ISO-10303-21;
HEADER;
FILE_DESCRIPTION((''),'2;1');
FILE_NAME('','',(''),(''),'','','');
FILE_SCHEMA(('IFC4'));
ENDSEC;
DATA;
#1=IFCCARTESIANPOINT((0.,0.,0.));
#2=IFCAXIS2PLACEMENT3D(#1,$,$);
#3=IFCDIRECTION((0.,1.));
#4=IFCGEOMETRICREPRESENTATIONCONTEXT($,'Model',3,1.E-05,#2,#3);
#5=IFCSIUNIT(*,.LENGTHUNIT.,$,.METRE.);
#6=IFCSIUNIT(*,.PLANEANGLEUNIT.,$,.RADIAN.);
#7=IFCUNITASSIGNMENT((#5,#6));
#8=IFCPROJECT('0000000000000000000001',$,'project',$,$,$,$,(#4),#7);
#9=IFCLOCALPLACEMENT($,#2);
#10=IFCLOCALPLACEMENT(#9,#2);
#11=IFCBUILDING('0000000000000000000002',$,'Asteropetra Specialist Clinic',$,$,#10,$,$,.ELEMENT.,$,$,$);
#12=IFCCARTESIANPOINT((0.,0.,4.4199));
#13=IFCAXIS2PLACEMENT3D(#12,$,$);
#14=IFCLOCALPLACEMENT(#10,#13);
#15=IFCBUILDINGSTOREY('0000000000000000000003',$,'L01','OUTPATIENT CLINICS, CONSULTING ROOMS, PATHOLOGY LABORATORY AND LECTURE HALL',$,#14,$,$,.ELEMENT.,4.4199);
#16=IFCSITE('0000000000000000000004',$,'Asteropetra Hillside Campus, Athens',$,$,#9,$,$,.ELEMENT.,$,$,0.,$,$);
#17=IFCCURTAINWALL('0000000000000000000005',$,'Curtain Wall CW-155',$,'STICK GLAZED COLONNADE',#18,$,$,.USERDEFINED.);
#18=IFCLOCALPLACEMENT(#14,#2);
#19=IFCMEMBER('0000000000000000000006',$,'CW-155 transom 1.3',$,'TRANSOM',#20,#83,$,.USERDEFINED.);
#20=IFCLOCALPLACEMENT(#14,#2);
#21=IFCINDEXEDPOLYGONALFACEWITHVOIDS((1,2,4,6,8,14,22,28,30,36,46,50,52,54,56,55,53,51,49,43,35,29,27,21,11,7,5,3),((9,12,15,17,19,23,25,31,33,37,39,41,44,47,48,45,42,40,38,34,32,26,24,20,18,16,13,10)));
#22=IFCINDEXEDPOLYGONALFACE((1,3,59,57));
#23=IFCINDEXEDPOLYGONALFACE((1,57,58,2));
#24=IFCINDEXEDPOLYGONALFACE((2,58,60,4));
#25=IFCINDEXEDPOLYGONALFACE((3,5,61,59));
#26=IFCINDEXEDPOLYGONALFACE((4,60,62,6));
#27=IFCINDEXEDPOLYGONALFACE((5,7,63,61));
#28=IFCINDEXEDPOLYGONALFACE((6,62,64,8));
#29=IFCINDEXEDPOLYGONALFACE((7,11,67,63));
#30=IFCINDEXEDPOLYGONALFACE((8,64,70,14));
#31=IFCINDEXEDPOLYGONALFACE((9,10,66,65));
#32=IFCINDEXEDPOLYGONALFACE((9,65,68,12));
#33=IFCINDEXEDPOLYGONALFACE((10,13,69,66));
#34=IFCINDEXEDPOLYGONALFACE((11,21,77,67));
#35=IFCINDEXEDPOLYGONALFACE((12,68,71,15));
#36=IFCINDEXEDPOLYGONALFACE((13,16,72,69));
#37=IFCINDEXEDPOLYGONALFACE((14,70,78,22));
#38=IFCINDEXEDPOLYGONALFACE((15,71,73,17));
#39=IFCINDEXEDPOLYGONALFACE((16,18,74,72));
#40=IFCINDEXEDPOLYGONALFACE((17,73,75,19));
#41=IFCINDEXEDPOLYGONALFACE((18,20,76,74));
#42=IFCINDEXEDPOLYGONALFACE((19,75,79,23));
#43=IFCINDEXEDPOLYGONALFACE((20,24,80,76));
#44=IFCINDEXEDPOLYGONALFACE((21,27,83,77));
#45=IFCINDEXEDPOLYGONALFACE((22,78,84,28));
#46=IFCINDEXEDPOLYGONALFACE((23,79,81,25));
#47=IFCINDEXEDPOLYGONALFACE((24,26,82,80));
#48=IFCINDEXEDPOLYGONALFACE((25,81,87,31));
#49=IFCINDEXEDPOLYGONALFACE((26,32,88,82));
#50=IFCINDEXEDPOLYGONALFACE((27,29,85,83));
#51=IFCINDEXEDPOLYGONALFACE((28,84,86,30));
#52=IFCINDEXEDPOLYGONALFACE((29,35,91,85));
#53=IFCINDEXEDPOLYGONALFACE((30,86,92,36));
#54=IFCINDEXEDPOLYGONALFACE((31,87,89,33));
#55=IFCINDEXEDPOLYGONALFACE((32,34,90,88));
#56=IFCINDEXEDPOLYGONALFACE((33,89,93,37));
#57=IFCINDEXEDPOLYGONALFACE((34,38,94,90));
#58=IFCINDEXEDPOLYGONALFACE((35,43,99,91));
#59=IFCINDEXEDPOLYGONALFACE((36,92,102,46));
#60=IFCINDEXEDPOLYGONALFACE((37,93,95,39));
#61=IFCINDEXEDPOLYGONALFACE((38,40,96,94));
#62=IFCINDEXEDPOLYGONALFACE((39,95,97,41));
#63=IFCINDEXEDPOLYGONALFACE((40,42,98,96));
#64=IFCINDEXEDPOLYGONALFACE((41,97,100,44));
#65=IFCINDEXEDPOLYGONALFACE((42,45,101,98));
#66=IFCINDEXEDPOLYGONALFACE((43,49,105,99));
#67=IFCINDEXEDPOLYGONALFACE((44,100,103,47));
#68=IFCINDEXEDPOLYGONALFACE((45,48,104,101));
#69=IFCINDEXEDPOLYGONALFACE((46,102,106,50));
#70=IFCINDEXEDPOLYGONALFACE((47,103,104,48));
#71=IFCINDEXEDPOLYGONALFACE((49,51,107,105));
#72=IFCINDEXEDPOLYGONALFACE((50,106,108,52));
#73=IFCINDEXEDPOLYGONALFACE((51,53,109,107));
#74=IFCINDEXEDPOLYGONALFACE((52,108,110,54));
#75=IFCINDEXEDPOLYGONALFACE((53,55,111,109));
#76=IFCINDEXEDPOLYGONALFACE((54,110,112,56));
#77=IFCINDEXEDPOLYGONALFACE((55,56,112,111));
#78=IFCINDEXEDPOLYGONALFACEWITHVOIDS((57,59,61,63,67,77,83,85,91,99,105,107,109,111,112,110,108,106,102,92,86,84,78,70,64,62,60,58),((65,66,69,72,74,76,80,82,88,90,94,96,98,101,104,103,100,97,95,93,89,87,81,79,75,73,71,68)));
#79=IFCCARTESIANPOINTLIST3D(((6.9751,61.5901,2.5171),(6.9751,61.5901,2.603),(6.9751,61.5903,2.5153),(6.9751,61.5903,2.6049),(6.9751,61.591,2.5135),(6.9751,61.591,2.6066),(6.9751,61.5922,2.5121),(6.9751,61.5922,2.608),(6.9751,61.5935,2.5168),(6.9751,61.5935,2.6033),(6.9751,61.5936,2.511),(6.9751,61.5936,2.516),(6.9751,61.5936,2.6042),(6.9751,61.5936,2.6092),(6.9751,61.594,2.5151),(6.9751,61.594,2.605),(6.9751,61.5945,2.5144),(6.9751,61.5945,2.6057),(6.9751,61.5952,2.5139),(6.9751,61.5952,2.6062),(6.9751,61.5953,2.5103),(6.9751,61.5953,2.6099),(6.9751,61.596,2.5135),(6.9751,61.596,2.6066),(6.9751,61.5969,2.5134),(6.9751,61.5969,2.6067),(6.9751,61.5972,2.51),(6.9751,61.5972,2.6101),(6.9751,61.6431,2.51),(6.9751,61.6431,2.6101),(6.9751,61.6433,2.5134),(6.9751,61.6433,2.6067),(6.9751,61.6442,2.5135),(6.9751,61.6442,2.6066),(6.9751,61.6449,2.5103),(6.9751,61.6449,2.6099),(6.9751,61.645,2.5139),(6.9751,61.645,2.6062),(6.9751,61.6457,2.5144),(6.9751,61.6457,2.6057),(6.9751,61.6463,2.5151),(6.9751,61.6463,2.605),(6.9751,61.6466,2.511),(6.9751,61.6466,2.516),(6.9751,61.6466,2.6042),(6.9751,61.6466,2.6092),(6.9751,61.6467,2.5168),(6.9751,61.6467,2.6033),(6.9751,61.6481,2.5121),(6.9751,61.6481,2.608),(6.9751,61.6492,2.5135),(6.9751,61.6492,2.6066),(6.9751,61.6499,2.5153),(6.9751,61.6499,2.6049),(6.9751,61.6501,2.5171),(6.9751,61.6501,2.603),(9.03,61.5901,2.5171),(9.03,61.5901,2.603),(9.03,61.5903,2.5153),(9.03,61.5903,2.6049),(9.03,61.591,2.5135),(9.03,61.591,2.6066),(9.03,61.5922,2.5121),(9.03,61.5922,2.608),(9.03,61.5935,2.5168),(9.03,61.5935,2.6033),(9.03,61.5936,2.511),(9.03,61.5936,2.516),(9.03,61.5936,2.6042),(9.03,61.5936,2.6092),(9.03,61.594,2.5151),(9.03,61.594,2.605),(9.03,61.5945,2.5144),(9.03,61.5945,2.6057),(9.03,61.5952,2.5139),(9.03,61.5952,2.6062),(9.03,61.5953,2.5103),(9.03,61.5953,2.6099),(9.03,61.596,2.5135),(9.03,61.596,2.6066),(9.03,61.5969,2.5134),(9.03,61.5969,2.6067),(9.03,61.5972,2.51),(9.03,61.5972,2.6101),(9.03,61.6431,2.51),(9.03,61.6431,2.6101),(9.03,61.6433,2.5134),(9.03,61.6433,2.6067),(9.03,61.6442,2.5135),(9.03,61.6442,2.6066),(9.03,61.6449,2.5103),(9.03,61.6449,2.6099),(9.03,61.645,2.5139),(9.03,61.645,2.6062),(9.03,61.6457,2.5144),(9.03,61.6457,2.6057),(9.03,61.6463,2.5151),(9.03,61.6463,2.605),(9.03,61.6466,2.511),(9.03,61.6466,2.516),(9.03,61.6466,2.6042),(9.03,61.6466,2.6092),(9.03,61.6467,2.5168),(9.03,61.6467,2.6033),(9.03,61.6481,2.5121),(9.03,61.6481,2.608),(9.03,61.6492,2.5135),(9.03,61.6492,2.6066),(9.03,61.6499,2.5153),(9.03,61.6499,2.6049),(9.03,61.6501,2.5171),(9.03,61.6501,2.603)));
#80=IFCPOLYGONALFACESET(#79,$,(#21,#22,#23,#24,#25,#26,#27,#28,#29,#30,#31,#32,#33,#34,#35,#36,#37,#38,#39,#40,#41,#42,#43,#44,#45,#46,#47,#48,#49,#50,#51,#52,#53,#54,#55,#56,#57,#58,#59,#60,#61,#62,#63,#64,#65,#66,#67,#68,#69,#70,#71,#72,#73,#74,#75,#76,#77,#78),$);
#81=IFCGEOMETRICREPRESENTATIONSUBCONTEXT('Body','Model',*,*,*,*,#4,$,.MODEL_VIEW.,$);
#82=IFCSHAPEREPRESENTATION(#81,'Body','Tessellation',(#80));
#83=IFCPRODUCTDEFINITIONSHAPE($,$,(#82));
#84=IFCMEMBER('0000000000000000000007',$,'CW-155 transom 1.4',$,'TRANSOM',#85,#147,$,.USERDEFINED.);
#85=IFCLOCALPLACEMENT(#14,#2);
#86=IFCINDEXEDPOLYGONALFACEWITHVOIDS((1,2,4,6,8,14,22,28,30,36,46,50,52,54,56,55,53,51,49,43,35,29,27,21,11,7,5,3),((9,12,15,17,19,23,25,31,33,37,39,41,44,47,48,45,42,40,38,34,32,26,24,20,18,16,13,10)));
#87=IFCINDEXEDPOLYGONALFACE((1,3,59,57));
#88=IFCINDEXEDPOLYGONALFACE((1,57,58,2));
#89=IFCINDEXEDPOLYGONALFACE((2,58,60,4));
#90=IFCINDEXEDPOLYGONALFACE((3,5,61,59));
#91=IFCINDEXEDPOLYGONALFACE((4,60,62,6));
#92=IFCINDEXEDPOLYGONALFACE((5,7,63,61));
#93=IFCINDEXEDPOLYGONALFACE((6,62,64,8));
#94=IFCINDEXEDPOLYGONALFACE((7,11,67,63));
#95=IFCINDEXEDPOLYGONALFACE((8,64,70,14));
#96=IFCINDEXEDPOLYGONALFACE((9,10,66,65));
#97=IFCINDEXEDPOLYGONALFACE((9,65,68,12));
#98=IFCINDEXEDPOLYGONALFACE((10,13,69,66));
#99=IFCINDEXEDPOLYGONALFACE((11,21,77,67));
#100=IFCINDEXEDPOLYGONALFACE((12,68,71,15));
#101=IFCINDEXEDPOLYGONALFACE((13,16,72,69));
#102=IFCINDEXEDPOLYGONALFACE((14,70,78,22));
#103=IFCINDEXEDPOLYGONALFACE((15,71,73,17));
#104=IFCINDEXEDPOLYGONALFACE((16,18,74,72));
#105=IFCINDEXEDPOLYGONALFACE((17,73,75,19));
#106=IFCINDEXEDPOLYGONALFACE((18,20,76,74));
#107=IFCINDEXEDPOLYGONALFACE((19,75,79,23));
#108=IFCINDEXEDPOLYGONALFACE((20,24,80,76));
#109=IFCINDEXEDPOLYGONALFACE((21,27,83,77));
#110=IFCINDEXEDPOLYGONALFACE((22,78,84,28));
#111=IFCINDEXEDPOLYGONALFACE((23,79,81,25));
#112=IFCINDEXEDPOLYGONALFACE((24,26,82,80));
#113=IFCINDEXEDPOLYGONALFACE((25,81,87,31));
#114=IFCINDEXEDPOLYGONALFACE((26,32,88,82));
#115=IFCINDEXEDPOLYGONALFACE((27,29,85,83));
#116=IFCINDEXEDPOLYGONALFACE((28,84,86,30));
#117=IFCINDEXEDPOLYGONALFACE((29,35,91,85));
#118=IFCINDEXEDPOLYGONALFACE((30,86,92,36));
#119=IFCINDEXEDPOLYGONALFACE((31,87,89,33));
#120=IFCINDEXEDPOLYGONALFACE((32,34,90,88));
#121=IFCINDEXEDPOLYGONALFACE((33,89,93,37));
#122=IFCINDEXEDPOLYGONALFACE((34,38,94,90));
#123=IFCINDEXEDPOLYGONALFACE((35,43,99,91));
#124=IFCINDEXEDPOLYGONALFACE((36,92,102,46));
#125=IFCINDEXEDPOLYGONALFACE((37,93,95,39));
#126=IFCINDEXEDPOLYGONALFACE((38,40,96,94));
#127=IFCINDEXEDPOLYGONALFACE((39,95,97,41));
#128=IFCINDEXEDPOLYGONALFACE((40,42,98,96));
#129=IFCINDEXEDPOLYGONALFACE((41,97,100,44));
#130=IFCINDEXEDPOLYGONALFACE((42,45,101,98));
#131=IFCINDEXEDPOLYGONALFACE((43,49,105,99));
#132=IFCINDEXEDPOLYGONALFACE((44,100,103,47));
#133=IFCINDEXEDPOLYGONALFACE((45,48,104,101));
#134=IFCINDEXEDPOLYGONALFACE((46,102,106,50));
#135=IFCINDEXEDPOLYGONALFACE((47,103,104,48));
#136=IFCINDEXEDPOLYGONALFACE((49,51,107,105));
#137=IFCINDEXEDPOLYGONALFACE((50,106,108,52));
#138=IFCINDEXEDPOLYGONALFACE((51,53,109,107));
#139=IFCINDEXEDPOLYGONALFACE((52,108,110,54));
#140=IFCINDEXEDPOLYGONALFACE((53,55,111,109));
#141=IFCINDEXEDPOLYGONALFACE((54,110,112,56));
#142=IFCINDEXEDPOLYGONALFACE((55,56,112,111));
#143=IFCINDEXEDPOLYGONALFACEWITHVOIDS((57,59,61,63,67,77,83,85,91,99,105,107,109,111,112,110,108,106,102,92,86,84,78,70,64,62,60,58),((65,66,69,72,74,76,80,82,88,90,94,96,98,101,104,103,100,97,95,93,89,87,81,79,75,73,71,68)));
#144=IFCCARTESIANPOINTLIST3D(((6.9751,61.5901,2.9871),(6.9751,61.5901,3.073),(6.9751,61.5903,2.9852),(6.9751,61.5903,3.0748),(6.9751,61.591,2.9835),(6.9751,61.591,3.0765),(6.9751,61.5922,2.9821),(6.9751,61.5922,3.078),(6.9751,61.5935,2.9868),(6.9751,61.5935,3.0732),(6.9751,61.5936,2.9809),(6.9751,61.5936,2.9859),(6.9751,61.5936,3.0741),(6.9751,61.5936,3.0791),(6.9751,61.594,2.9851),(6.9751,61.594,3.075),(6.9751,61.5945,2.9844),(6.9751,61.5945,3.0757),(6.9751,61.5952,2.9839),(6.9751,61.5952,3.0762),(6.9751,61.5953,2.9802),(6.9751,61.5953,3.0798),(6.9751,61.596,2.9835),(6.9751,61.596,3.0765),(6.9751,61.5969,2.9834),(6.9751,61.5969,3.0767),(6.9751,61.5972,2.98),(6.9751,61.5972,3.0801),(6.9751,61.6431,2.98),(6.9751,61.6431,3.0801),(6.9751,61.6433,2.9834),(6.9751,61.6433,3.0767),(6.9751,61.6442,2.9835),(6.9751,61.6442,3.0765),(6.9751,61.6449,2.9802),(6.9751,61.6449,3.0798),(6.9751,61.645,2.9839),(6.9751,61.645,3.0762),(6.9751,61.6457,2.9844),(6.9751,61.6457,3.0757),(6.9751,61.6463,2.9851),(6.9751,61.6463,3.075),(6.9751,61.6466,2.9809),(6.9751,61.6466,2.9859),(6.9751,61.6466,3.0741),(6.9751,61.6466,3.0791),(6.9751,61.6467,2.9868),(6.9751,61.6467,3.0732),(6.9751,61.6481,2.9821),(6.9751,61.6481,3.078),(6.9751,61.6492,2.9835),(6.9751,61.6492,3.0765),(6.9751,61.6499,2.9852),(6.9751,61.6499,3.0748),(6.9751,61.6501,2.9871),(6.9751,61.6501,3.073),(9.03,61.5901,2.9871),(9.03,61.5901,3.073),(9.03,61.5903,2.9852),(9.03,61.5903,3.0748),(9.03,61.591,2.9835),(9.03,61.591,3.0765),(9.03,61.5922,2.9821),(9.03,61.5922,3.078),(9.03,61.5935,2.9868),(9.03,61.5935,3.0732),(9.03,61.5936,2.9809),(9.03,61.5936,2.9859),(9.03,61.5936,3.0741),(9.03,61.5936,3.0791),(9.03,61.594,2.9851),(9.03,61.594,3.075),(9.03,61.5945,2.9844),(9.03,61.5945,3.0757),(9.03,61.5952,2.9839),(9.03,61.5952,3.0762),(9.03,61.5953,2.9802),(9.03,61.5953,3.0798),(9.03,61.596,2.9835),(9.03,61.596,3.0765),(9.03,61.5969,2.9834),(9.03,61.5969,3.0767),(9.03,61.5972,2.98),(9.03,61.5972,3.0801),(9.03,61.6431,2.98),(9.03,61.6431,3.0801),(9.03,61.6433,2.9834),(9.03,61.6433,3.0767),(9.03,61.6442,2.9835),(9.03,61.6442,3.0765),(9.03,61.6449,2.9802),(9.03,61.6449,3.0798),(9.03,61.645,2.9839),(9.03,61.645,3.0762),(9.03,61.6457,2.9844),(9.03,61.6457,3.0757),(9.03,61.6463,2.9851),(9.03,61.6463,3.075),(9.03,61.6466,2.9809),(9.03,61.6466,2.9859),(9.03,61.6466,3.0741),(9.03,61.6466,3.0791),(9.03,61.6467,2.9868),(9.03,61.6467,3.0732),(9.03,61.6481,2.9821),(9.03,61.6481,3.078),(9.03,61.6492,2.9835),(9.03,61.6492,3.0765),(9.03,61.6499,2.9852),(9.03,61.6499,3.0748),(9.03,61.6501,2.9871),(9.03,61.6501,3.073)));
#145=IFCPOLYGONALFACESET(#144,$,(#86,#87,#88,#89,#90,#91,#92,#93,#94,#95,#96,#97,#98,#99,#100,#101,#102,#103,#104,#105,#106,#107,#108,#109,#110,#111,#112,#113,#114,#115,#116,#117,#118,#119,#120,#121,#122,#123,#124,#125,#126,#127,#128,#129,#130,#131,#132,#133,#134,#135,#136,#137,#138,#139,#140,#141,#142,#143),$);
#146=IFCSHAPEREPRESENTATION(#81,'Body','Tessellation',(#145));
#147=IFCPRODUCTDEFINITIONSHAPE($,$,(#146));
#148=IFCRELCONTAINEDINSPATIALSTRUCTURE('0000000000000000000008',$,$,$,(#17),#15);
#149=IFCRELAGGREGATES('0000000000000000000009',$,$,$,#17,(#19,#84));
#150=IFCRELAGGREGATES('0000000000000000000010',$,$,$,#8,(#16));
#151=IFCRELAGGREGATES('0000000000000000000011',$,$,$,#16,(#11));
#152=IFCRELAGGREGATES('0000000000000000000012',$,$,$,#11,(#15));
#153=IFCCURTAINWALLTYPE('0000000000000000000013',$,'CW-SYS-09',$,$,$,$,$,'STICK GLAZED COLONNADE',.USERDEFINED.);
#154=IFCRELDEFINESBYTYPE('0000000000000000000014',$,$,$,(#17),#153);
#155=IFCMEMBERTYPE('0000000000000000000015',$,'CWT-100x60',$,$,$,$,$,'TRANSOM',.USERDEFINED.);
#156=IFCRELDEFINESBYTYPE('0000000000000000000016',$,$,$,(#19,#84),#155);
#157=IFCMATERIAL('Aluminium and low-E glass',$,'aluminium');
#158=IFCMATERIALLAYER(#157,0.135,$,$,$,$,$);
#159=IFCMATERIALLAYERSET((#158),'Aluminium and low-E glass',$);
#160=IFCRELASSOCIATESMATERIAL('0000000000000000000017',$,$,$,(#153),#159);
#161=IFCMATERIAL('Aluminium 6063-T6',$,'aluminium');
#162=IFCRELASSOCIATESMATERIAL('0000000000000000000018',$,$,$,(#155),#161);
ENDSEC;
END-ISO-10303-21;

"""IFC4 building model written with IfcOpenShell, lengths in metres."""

from ifc_helpers import new_model, si_unit, direction, frame, origin, origin_2d, place, context, subcontext, project, spatial, hollow_rectangle, extrude, material, layer, layer_set, material_profile, profile_set, type_object, element, aggregate, save


model = new_model("IFC4")

# Units and contexts
model_context = context("Model", 3, precision=1e-05, world=origin(), true_north=direction((0.0, 1.0)))
body_context = subcontext(model_context, "Body", "Model", "MODEL_VIEW")
ifc_project = project(units=[si_unit("LENGTHUNIT", "METRE"), si_unit("PLANEANGLEUNIT", "RADIAN")], contexts=[model_context])

# Site, building, storey
site_placement = place(None, origin())
site = spatial("IfcSite", under=ifc_project, at=site_placement, Name="Asteropetra Hillside Campus, Athens", CompositionType="ELEMENT", RefElevation=0.0)
building_placement = place(site_placement, origin())
building = spatial("IfcBuilding", under=site, at=building_placement, Name="Asteropetra Specialist Clinic", CompositionType="ELEMENT")
storey_placement = place(building_placement, frame((0.0, 0.0, 4.4199)))
storey = spatial("IfcBuildingStorey", under=building, at=storey_placement, Name="L01", Description="OUTPATIENT CLINICS, CONSULTING ROOMS, PATHOLOGY LABORATORY AND LECTURE HALL", CompositionType="ELEMENT", Elevation=4.4199)

# Curtain wall
ifc_material_1 = material(Name="Aluminium and low-E glass", Category="aluminium")
ifc_layer_1 = layer(ifc_material_1, 0.135)
ifc_layer_set_1 = layer_set([ifc_layer_1], Name="Aluminium and low-E glass")
curtain_wall_type_1 = type_object("IfcCurtainWallType", Name="CW-SYS-09", ElementType="STICK GLAZED COLONNADE", PredefinedType="USERDEFINED", material=ifc_layer_set_1)
curtain_wall_1_placement = place(storey_placement, origin())
curtain_wall_1 = element("IfcCurtainWall", 1, at=curtain_wall_1_placement, inside=storey, type_object=curtain_wall_type_1, Name="Curtain Wall CW-155", ObjectType="STICK GLAZED COLONNADE", PredefinedType="USERDEFINED")

# Members
ifc_material_2 = material(Name="Aluminium 6063-T6", Category="aluminium")
ifc_material_profile_1 = material_profile(ifc_material_2, hollow_rectangle(XDim=0.0601, YDim=0.1001, WallThickness=0.0034, InnerFilletRadius=0.0034, OuterFilletRadius=0.0071, at=origin_2d()), Name="TRN 100x60x3.5")
ifc_profile_set_1 = profile_set([ifc_material_profile_1], Name="Aluminium 6063-T6")
member_type_1 = type_object("IfcMemberType", Name="CWT-100x60", ElementType="TRANSOM", PredefinedType="USERDEFINED", material=ifc_profile_set_1)
member_1_placement = place(storey_placement, frame((9.03, 61.6201, 2.5601), z_axis=(-1.0, 0.0, 0.0), x_axis=(0.0, -1.0, 0.0)))
member_1 = element("IfcMember", 2, at=member_1_placement, type_object=member_type_1, Name="CW-155 transom 1.3", ObjectType="TRANSOM", PredefinedType="USERDEFINED", context=body_context, shape_type="SweptSolid", body=[
    extrude(hollow_rectangle(XDim=0.0601, YDim=0.1001, WallThickness=0.0034, InnerFilletRadius=0.0034, OuterFilletRadius=0.0071, at=origin_2d()), origin(), (0.0, 0.0, 1.0), 2.0549),
])
member_2_placement = place(storey_placement, frame((9.03, 61.6201, 3.03), z_axis=(-1.0, 0.0, 0.0), x_axis=(0.0, -1.0, 0.0)))
member_2 = element("IfcMember", 3, at=member_2_placement, type_object=member_type_1, Name="CW-155 transom 1.4", ObjectType="TRANSOM", PredefinedType="USERDEFINED", context=body_context, shape_type="SweptSolid", body=[
    extrude(hollow_rectangle(XDim=0.0601, YDim=0.1001, WallThickness=0.0034, InnerFilletRadius=0.0034, OuterFilletRadius=0.0071, at=origin_2d()), origin(), (0.0, 0.0, 1.0), 2.0549),
])
aggregate(curtain_wall_1, [member_1, member_2])

save(model, "model.ifc")
